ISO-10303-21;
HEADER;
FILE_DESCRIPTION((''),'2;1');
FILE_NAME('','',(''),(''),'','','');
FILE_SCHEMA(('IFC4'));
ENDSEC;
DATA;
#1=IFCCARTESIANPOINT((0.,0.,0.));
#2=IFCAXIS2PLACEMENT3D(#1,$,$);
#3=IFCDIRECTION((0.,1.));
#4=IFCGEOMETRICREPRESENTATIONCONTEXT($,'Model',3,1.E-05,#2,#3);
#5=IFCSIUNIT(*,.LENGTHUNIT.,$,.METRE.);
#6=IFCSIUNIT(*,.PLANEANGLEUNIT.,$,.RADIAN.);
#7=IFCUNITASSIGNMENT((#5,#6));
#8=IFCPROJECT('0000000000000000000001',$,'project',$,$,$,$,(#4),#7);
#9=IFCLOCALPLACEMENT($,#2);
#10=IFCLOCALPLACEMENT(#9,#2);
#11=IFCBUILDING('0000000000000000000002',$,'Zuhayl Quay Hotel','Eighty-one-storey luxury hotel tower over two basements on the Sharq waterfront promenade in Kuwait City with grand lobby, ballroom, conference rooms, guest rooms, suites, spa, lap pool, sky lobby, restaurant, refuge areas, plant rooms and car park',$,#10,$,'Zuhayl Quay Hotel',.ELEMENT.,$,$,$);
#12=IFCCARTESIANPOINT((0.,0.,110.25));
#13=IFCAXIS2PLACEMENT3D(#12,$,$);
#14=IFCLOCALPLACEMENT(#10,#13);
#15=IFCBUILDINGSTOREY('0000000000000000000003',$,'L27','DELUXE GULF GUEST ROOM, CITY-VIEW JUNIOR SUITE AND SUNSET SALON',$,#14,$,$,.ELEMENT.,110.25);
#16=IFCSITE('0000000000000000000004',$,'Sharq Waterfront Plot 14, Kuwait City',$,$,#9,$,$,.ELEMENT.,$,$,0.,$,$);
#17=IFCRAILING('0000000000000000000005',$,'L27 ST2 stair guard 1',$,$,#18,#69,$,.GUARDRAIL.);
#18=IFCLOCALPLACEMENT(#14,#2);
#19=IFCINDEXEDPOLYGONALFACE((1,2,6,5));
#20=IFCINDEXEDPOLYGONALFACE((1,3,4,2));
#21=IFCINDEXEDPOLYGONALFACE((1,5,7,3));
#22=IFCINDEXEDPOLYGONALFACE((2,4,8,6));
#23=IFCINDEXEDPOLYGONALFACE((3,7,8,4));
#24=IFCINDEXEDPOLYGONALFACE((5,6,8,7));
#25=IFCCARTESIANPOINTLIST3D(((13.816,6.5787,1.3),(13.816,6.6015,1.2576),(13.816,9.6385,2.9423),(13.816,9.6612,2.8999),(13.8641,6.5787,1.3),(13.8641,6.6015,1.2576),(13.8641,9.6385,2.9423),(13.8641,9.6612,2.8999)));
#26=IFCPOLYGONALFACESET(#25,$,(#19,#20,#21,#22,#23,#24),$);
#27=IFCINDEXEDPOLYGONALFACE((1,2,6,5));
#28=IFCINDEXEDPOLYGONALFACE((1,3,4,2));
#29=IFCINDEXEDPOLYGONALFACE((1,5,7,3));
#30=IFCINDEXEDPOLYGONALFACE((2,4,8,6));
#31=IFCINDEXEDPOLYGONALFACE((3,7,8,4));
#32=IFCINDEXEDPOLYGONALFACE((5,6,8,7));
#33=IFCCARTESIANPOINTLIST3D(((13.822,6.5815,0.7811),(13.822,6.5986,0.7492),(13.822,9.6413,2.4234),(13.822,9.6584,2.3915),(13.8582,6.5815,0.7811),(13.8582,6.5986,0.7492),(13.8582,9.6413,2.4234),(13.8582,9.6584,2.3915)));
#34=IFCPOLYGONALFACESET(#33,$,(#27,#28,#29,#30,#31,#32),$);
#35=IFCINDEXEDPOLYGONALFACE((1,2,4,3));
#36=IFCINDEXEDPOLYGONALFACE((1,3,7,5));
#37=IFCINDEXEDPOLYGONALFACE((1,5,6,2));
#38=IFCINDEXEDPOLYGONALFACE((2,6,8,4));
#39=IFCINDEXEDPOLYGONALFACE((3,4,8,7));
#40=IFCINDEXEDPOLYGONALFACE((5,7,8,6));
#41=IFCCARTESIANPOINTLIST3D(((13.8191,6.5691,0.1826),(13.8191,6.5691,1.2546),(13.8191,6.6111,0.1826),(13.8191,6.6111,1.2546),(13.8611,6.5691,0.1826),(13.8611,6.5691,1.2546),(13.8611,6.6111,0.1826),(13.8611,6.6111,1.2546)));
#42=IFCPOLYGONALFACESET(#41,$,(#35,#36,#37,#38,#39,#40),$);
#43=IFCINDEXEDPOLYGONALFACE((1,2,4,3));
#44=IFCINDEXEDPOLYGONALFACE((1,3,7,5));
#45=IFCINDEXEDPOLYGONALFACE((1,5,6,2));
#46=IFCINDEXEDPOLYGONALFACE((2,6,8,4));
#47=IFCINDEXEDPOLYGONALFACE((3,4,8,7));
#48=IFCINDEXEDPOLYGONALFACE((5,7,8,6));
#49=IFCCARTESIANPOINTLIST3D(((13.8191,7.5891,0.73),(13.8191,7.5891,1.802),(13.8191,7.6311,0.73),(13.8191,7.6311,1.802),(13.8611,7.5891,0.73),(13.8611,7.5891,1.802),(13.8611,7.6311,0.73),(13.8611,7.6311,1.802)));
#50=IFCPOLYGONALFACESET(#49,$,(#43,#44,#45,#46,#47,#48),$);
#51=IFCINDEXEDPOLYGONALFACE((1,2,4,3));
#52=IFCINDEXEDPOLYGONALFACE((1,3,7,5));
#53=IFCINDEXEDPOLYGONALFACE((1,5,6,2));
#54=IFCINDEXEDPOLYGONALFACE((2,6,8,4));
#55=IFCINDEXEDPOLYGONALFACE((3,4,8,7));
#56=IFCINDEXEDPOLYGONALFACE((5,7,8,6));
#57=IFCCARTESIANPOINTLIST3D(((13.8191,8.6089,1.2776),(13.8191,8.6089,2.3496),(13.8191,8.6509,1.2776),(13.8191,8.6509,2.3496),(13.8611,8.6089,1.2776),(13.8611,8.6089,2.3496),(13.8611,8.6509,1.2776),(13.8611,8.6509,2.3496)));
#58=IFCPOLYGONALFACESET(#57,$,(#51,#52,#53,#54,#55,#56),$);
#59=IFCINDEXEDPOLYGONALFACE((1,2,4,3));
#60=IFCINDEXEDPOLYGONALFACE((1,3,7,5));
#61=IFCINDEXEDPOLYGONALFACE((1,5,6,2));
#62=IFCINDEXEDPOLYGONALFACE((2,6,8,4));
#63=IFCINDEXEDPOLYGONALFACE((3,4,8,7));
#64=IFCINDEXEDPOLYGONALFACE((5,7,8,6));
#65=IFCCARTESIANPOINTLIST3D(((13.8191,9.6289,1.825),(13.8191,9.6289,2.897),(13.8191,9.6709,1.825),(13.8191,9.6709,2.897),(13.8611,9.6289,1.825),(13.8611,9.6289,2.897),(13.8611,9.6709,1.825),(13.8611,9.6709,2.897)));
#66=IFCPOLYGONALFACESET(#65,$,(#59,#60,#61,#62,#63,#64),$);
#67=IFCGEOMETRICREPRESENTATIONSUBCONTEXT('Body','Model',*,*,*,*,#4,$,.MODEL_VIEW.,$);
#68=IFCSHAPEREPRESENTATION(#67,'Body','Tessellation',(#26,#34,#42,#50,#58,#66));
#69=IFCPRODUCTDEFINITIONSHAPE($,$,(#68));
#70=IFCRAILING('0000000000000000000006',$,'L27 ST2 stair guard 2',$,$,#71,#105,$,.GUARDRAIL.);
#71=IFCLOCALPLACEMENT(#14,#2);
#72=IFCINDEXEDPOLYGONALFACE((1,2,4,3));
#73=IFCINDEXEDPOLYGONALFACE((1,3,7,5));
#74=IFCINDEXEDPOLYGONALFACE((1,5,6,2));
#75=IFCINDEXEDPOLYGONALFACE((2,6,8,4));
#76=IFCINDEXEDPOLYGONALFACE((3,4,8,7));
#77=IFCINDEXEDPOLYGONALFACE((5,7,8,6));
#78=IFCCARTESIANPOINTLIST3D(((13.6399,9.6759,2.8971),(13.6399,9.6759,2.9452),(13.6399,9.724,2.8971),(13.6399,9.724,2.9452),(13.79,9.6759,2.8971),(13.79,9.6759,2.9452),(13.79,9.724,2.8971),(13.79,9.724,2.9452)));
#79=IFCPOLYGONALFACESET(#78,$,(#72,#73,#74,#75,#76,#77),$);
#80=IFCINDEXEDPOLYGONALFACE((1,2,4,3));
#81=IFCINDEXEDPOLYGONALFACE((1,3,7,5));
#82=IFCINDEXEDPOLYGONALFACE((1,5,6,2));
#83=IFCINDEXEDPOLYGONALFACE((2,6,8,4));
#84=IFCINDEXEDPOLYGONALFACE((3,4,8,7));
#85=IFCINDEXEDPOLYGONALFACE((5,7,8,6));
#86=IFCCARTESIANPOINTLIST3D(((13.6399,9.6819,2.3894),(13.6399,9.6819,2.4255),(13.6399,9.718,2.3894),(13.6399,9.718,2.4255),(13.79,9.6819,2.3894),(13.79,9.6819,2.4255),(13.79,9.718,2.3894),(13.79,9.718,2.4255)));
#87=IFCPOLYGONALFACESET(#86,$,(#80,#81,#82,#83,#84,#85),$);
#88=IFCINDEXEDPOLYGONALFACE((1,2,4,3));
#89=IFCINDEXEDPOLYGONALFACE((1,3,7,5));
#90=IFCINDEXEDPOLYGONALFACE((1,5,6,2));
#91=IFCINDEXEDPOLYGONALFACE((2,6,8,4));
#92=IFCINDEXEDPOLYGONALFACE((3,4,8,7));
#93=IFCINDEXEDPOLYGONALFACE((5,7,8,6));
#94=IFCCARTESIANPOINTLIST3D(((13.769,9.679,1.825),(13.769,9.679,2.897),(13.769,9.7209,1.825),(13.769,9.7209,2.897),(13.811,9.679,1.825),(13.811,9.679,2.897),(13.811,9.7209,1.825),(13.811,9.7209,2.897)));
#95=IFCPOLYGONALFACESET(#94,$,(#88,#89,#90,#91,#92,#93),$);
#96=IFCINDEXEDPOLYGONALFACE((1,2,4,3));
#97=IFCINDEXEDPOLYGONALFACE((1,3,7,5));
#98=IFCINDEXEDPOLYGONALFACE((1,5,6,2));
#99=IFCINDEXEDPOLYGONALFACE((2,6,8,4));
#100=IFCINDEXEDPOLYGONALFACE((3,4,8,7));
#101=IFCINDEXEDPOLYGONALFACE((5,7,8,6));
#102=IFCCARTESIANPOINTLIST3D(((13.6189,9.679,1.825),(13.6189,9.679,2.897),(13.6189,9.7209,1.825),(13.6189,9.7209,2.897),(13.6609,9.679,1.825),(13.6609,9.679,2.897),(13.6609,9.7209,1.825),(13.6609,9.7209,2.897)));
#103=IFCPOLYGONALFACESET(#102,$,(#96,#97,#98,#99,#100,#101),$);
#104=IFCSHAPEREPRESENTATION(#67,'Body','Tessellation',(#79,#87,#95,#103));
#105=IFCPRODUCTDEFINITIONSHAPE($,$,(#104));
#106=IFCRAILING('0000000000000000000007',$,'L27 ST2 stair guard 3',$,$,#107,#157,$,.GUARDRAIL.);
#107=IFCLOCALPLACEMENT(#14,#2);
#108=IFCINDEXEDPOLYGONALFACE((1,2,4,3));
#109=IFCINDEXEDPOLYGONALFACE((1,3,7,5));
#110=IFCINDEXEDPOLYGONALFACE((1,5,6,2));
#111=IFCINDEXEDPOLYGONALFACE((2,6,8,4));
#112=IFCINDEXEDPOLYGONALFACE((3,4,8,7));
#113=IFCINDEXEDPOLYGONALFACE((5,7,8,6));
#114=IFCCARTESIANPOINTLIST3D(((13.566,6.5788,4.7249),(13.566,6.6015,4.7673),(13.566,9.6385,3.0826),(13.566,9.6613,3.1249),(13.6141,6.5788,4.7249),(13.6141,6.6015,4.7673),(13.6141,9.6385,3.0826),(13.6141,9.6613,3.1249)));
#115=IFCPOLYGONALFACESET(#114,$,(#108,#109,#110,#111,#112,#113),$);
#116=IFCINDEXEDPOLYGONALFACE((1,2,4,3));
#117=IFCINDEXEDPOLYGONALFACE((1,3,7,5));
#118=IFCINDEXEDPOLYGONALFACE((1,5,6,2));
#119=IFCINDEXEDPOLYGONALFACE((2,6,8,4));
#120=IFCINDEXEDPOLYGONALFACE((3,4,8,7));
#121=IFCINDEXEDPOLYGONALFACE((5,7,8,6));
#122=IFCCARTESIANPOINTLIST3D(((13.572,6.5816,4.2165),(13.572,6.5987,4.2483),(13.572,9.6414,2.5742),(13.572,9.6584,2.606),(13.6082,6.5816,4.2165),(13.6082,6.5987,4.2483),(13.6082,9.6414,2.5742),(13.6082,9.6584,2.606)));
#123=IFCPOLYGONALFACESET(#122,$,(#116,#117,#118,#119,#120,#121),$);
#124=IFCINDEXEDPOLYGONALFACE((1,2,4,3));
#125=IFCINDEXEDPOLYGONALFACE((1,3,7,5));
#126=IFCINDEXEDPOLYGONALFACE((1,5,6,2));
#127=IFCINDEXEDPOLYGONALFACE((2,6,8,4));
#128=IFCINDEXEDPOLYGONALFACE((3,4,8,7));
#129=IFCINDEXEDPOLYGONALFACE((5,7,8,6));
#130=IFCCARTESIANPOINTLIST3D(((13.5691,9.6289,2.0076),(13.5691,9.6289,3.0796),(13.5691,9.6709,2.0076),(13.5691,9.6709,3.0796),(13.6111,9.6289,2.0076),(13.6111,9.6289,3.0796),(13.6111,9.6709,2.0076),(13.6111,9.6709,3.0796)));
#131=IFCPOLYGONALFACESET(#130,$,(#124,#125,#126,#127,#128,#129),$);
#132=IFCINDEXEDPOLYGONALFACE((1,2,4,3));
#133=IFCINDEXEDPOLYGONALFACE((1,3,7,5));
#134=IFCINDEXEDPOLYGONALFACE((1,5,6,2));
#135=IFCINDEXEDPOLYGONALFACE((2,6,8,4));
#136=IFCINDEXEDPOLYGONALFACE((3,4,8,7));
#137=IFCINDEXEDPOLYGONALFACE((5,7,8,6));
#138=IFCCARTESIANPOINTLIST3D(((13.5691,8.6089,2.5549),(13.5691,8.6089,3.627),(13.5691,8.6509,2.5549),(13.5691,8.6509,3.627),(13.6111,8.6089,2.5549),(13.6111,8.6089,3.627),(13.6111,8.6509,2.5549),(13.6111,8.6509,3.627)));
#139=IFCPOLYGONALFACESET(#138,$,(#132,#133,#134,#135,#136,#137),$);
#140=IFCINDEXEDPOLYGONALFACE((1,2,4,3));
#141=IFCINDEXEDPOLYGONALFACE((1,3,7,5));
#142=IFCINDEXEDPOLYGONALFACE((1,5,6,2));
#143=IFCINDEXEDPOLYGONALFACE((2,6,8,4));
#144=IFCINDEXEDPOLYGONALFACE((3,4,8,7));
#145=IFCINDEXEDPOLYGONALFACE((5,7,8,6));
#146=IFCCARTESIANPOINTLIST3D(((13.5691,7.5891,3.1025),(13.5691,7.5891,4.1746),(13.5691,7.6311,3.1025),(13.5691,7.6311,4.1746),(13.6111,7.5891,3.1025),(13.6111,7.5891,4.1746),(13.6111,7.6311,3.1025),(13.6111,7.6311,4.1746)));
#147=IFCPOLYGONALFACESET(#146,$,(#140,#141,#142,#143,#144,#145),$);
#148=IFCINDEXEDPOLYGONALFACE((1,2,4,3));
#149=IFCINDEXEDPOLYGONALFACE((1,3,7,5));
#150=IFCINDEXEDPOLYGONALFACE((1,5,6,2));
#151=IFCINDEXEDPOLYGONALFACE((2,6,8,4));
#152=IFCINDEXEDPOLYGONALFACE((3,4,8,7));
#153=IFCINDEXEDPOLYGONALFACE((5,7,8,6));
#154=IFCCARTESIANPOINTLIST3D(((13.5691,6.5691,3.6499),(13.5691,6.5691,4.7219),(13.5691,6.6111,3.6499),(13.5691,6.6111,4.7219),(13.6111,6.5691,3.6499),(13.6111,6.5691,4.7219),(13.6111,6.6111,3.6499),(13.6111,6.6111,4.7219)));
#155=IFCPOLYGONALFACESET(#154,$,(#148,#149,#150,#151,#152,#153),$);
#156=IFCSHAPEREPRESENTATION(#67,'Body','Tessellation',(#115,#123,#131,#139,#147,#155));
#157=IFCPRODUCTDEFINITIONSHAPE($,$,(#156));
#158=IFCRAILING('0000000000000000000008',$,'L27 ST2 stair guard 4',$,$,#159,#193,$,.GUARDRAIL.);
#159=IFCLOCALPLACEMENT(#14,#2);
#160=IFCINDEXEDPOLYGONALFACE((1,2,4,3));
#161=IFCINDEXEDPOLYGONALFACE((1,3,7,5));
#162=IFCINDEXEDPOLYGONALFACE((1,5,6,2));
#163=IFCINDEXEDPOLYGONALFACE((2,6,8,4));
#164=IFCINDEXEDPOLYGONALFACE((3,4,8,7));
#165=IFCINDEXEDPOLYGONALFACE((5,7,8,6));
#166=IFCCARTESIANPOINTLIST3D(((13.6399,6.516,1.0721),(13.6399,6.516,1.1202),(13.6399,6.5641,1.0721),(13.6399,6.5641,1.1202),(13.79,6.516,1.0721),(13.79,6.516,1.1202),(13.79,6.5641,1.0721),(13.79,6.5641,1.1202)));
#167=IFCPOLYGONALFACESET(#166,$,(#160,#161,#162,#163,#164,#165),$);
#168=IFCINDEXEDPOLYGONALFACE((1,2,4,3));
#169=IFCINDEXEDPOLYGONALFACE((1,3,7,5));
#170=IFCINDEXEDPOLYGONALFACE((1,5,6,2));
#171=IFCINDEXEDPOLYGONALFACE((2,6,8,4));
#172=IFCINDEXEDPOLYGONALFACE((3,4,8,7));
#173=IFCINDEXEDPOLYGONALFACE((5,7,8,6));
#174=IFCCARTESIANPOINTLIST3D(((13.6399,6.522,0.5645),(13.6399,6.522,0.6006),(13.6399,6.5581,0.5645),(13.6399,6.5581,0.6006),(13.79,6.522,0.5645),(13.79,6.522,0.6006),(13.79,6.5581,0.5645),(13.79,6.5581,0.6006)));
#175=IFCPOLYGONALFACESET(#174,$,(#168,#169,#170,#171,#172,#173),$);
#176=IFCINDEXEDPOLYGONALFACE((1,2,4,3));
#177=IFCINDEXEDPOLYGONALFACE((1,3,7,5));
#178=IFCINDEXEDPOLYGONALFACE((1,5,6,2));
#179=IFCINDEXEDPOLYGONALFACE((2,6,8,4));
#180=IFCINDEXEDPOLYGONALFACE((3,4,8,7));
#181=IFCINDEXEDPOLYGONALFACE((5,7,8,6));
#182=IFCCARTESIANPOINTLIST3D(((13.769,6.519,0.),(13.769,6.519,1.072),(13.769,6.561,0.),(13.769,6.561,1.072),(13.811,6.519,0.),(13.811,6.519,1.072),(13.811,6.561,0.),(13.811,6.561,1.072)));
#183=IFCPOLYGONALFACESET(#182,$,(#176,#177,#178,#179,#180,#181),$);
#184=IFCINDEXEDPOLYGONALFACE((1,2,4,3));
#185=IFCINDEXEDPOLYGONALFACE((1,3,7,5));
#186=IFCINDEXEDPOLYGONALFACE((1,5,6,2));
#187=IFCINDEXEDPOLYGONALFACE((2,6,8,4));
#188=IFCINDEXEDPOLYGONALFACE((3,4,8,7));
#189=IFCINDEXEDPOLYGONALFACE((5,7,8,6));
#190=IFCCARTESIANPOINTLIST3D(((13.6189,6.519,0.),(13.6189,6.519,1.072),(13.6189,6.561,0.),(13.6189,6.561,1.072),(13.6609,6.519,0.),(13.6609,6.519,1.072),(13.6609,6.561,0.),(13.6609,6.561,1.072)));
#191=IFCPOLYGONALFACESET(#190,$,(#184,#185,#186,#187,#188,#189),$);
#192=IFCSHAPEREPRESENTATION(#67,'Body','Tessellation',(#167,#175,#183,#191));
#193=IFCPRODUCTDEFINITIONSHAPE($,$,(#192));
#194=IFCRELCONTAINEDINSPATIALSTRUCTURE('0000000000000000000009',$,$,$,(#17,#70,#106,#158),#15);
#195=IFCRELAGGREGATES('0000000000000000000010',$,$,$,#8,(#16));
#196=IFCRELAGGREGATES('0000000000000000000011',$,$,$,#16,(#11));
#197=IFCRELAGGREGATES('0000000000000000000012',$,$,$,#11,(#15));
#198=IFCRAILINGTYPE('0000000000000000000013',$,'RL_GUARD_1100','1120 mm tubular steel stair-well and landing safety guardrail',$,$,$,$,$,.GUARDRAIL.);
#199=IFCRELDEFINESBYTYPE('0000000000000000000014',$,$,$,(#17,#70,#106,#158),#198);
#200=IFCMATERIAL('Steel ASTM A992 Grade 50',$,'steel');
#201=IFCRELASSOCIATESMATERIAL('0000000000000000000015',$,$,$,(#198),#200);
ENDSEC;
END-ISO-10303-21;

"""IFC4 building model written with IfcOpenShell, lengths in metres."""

from ifc_helpers import new_model, si_unit, direction, frame, origin, origin_2d, place, context, subcontext, project, spatial, rectangle, extrude, material, type_object, element, save


model = new_model("IFC4")

# Units and contexts
model_context = context("Model", 3, precision=1e-05, world=origin(), true_north=direction((0.0, 1.0)))
body_context = subcontext(model_context, "Body", "Model", "MODEL_VIEW")
ifc_project = project(units=[si_unit("LENGTHUNIT", "METRE"), si_unit("PLANEANGLEUNIT", "RADIAN")], contexts=[model_context])

# Site, building, storey
site_placement = place(None, origin())
site = spatial("IfcSite", under=ifc_project, at=site_placement, Name="Sharq Waterfront Plot 14, Kuwait City", CompositionType="ELEMENT", RefElevation=0.0)
building_placement = place(site_placement, origin())
building = spatial("IfcBuilding", under=site, at=building_placement, Name="Zuhayl Quay Hotel", Description="Eighty-one-storey luxury hotel tower over two basements on the Sharq waterfront promenade in Kuwait City with grand lobby, ballroom, conference rooms, guest rooms, suites, spa, lap pool, sky lobby, restaurant, refuge areas, plant rooms and car park", LongName="Zuhayl Quay Hotel", CompositionType="ELEMENT")
storey_placement = place(building_placement, frame((0.0, 0.0, 110.25)))
storey = spatial("IfcBuildingStorey", under=building, at=storey_placement, Name="L27", Description="DELUXE GULF GUEST ROOM, CITY-VIEW JUNIOR SUITE AND SUNSET SALON", CompositionType="ELEMENT", Elevation=110.25)

# Shared definitions
ifc_material_1 = material(Name="Steel ASTM A992 Grade 50", Category="steel")

# Railings
railing_type_1 = type_object("IfcRailingType", Name="RL_GUARD_1100", Description="1120 mm tubular steel stair-well and landing safety guardrail", PredefinedType="GUARDRAIL", material=ifc_material_1)
railing_1_placement = place(storey_placement, frame((13.8401, 6.5901, 0.1826)))
element("IfcRailing", 1, at=railing_1_placement, inside=storey, type_object=railing_type_1, Name="L27 ST2 stair guard 1", PredefinedType="GUARDRAIL", context=body_context, shape_type="SweptSolid", body=[
    extrude(rectangle(XDim=0.0481, YDim=0.0481, at=origin_2d()), frame((0.0, 0.0, 1.0962), z_axis=(0.0, 0.881102, 0.472926), x_axis=(-1.0, 0.0, 0.0)), (0.0, 0.0, 1.0), 3.4727),
    extrude(rectangle(XDim=0.0361, YDim=0.0361, at=origin_2d()), frame((0.0, 0.0, 0.5825), z_axis=(0.0, 0.881102, 0.472926), x_axis=(-1.0, 0.0, 0.0)), (0.0, 0.0, 1.0), 3.4727),
    extrude(rectangle(XDim=0.042, YDim=0.042, at=origin_2d()), origin(), (0.0, 0.0, 1.0), 1.072),
    extrude(rectangle(XDim=0.042, YDim=0.042, at=origin_2d()), frame((0.0, 1.02, 0.5474)), (0.0, 0.0, 1.0), 1.072),
    extrude(rectangle(XDim=0.042, YDim=0.042, at=origin_2d()), frame((0.0, 2.0398, 1.095)), (0.0, 0.0, 1.0), 1.072),
    extrude(rectangle(XDim=0.042, YDim=0.042, at=origin_2d()), frame((0.0, 3.0598, 1.6423)), (0.0, 0.0, 1.0), 1.072),
])
railing_2_placement = place(storey_placement, frame((13.79, 9.7, 1.825)))
element("IfcRailing", 2, at=railing_2_placement, inside=storey, type_object=railing_type_1, Name="L27 ST2 stair guard 2", PredefinedType="GUARDRAIL", context=body_context, shape_type="SweptSolid", body=[
    extrude(rectangle(XDim=0.0481, YDim=0.0481, at=origin_2d()), frame((0.0, 0.0, 1.0962), z_axis=(-1.0, 0.0, 0.0), x_axis=(0.0, -1.0, 0.0)), (0.0, 0.0, 1.0), 0.1501),
    extrude(rectangle(XDim=0.0361, YDim=0.0361, at=origin_2d()), frame((0.0, 0.0, 0.5825), z_axis=(-1.0, 0.0, 0.0), x_axis=(0.0, -1.0, 0.0)), (0.0, 0.0, 1.0), 0.1501),
    extrude(rectangle(XDim=0.042, YDim=0.042, at=origin_2d()), origin(), (0.0, 0.0, 1.0), 1.072),
    extrude(rectangle(XDim=0.042, YDim=0.042, at=origin_2d()), frame((-0.1501, 0.0, 0.0)), (0.0, 0.0, 1.0), 1.072),
])
railing_3_placement = place(storey_placement, frame((13.5901, 9.6499, 2.0076)))
element("IfcRailing", 3, at=railing_3_placement, inside=storey, type_object=railing_type_1, Name="L27 ST2 stair guard 3", PredefinedType="GUARDRAIL", context=body_context, shape_type="SweptSolid", body=[
    extrude(rectangle(XDim=0.0481, YDim=0.0481, at=origin_2d()), frame((0.0, 0.0, 1.0962), z_axis=(0.0, -0.881102, 0.472926), x_axis=(1.0, 0.0, 0.0)), (0.0, 0.0, 1.0), 3.4727),
    extrude(rectangle(XDim=0.0361, YDim=0.0361, at=origin_2d()), frame((0.0, 0.0, 0.5825), z_axis=(0.0, -0.881102, 0.472926), x_axis=(1.0, 0.0, 0.0)), (0.0, 0.0, 1.0), 3.4727),
    extrude(rectangle(XDim=0.042, YDim=0.042, at=origin_2d()), origin(), (0.0, 0.0, 1.0), 1.072),
    extrude(rectangle(XDim=0.042, YDim=0.042, at=origin_2d()), frame((0.0, -1.02, 0.5474)), (0.0, 0.0, 1.0), 1.072),
    extrude(rectangle(XDim=0.042, YDim=0.042, at=origin_2d()), frame((0.0, -2.0398, 1.095)), (0.0, 0.0, 1.0), 1.072),
    extrude(rectangle(XDim=0.042, YDim=0.042, at=origin_2d()), frame((0.0, -3.0598, 1.6423)), (0.0, 0.0, 1.0), 1.072),
])
railing_4_placement = place(storey_placement, frame((13.79, 6.54, 0.0)))
element("IfcRailing", 4, at=railing_4_placement, inside=storey, type_object=railing_type_1, Name="L27 ST2 stair guard 4", PredefinedType="GUARDRAIL", context=body_context, shape_type="SweptSolid", body=[
    extrude(rectangle(XDim=0.0481, YDim=0.0481, at=origin_2d()), frame((0.0, 0.0, 1.0962), z_axis=(-1.0, 0.0, 0.0), x_axis=(0.0, -1.0, 0.0)), (0.0, 0.0, 1.0), 0.1501),
    extrude(rectangle(XDim=0.0361, YDim=0.0361, at=origin_2d()), frame((0.0, 0.0, 0.5825), z_axis=(-1.0, 0.0, 0.0), x_axis=(0.0, -1.0, 0.0)), (0.0, 0.0, 1.0), 0.1501),
    extrude(rectangle(XDim=0.042, YDim=0.042, at=origin_2d()), origin(), (0.0, 0.0, 1.0), 1.072),
    extrude(rectangle(XDim=0.042, YDim=0.042, at=origin_2d()), frame((-0.1501, 0.0, 0.0)), (0.0, 0.0, 1.0), 1.072),
])

save(model, "model.ifc")
